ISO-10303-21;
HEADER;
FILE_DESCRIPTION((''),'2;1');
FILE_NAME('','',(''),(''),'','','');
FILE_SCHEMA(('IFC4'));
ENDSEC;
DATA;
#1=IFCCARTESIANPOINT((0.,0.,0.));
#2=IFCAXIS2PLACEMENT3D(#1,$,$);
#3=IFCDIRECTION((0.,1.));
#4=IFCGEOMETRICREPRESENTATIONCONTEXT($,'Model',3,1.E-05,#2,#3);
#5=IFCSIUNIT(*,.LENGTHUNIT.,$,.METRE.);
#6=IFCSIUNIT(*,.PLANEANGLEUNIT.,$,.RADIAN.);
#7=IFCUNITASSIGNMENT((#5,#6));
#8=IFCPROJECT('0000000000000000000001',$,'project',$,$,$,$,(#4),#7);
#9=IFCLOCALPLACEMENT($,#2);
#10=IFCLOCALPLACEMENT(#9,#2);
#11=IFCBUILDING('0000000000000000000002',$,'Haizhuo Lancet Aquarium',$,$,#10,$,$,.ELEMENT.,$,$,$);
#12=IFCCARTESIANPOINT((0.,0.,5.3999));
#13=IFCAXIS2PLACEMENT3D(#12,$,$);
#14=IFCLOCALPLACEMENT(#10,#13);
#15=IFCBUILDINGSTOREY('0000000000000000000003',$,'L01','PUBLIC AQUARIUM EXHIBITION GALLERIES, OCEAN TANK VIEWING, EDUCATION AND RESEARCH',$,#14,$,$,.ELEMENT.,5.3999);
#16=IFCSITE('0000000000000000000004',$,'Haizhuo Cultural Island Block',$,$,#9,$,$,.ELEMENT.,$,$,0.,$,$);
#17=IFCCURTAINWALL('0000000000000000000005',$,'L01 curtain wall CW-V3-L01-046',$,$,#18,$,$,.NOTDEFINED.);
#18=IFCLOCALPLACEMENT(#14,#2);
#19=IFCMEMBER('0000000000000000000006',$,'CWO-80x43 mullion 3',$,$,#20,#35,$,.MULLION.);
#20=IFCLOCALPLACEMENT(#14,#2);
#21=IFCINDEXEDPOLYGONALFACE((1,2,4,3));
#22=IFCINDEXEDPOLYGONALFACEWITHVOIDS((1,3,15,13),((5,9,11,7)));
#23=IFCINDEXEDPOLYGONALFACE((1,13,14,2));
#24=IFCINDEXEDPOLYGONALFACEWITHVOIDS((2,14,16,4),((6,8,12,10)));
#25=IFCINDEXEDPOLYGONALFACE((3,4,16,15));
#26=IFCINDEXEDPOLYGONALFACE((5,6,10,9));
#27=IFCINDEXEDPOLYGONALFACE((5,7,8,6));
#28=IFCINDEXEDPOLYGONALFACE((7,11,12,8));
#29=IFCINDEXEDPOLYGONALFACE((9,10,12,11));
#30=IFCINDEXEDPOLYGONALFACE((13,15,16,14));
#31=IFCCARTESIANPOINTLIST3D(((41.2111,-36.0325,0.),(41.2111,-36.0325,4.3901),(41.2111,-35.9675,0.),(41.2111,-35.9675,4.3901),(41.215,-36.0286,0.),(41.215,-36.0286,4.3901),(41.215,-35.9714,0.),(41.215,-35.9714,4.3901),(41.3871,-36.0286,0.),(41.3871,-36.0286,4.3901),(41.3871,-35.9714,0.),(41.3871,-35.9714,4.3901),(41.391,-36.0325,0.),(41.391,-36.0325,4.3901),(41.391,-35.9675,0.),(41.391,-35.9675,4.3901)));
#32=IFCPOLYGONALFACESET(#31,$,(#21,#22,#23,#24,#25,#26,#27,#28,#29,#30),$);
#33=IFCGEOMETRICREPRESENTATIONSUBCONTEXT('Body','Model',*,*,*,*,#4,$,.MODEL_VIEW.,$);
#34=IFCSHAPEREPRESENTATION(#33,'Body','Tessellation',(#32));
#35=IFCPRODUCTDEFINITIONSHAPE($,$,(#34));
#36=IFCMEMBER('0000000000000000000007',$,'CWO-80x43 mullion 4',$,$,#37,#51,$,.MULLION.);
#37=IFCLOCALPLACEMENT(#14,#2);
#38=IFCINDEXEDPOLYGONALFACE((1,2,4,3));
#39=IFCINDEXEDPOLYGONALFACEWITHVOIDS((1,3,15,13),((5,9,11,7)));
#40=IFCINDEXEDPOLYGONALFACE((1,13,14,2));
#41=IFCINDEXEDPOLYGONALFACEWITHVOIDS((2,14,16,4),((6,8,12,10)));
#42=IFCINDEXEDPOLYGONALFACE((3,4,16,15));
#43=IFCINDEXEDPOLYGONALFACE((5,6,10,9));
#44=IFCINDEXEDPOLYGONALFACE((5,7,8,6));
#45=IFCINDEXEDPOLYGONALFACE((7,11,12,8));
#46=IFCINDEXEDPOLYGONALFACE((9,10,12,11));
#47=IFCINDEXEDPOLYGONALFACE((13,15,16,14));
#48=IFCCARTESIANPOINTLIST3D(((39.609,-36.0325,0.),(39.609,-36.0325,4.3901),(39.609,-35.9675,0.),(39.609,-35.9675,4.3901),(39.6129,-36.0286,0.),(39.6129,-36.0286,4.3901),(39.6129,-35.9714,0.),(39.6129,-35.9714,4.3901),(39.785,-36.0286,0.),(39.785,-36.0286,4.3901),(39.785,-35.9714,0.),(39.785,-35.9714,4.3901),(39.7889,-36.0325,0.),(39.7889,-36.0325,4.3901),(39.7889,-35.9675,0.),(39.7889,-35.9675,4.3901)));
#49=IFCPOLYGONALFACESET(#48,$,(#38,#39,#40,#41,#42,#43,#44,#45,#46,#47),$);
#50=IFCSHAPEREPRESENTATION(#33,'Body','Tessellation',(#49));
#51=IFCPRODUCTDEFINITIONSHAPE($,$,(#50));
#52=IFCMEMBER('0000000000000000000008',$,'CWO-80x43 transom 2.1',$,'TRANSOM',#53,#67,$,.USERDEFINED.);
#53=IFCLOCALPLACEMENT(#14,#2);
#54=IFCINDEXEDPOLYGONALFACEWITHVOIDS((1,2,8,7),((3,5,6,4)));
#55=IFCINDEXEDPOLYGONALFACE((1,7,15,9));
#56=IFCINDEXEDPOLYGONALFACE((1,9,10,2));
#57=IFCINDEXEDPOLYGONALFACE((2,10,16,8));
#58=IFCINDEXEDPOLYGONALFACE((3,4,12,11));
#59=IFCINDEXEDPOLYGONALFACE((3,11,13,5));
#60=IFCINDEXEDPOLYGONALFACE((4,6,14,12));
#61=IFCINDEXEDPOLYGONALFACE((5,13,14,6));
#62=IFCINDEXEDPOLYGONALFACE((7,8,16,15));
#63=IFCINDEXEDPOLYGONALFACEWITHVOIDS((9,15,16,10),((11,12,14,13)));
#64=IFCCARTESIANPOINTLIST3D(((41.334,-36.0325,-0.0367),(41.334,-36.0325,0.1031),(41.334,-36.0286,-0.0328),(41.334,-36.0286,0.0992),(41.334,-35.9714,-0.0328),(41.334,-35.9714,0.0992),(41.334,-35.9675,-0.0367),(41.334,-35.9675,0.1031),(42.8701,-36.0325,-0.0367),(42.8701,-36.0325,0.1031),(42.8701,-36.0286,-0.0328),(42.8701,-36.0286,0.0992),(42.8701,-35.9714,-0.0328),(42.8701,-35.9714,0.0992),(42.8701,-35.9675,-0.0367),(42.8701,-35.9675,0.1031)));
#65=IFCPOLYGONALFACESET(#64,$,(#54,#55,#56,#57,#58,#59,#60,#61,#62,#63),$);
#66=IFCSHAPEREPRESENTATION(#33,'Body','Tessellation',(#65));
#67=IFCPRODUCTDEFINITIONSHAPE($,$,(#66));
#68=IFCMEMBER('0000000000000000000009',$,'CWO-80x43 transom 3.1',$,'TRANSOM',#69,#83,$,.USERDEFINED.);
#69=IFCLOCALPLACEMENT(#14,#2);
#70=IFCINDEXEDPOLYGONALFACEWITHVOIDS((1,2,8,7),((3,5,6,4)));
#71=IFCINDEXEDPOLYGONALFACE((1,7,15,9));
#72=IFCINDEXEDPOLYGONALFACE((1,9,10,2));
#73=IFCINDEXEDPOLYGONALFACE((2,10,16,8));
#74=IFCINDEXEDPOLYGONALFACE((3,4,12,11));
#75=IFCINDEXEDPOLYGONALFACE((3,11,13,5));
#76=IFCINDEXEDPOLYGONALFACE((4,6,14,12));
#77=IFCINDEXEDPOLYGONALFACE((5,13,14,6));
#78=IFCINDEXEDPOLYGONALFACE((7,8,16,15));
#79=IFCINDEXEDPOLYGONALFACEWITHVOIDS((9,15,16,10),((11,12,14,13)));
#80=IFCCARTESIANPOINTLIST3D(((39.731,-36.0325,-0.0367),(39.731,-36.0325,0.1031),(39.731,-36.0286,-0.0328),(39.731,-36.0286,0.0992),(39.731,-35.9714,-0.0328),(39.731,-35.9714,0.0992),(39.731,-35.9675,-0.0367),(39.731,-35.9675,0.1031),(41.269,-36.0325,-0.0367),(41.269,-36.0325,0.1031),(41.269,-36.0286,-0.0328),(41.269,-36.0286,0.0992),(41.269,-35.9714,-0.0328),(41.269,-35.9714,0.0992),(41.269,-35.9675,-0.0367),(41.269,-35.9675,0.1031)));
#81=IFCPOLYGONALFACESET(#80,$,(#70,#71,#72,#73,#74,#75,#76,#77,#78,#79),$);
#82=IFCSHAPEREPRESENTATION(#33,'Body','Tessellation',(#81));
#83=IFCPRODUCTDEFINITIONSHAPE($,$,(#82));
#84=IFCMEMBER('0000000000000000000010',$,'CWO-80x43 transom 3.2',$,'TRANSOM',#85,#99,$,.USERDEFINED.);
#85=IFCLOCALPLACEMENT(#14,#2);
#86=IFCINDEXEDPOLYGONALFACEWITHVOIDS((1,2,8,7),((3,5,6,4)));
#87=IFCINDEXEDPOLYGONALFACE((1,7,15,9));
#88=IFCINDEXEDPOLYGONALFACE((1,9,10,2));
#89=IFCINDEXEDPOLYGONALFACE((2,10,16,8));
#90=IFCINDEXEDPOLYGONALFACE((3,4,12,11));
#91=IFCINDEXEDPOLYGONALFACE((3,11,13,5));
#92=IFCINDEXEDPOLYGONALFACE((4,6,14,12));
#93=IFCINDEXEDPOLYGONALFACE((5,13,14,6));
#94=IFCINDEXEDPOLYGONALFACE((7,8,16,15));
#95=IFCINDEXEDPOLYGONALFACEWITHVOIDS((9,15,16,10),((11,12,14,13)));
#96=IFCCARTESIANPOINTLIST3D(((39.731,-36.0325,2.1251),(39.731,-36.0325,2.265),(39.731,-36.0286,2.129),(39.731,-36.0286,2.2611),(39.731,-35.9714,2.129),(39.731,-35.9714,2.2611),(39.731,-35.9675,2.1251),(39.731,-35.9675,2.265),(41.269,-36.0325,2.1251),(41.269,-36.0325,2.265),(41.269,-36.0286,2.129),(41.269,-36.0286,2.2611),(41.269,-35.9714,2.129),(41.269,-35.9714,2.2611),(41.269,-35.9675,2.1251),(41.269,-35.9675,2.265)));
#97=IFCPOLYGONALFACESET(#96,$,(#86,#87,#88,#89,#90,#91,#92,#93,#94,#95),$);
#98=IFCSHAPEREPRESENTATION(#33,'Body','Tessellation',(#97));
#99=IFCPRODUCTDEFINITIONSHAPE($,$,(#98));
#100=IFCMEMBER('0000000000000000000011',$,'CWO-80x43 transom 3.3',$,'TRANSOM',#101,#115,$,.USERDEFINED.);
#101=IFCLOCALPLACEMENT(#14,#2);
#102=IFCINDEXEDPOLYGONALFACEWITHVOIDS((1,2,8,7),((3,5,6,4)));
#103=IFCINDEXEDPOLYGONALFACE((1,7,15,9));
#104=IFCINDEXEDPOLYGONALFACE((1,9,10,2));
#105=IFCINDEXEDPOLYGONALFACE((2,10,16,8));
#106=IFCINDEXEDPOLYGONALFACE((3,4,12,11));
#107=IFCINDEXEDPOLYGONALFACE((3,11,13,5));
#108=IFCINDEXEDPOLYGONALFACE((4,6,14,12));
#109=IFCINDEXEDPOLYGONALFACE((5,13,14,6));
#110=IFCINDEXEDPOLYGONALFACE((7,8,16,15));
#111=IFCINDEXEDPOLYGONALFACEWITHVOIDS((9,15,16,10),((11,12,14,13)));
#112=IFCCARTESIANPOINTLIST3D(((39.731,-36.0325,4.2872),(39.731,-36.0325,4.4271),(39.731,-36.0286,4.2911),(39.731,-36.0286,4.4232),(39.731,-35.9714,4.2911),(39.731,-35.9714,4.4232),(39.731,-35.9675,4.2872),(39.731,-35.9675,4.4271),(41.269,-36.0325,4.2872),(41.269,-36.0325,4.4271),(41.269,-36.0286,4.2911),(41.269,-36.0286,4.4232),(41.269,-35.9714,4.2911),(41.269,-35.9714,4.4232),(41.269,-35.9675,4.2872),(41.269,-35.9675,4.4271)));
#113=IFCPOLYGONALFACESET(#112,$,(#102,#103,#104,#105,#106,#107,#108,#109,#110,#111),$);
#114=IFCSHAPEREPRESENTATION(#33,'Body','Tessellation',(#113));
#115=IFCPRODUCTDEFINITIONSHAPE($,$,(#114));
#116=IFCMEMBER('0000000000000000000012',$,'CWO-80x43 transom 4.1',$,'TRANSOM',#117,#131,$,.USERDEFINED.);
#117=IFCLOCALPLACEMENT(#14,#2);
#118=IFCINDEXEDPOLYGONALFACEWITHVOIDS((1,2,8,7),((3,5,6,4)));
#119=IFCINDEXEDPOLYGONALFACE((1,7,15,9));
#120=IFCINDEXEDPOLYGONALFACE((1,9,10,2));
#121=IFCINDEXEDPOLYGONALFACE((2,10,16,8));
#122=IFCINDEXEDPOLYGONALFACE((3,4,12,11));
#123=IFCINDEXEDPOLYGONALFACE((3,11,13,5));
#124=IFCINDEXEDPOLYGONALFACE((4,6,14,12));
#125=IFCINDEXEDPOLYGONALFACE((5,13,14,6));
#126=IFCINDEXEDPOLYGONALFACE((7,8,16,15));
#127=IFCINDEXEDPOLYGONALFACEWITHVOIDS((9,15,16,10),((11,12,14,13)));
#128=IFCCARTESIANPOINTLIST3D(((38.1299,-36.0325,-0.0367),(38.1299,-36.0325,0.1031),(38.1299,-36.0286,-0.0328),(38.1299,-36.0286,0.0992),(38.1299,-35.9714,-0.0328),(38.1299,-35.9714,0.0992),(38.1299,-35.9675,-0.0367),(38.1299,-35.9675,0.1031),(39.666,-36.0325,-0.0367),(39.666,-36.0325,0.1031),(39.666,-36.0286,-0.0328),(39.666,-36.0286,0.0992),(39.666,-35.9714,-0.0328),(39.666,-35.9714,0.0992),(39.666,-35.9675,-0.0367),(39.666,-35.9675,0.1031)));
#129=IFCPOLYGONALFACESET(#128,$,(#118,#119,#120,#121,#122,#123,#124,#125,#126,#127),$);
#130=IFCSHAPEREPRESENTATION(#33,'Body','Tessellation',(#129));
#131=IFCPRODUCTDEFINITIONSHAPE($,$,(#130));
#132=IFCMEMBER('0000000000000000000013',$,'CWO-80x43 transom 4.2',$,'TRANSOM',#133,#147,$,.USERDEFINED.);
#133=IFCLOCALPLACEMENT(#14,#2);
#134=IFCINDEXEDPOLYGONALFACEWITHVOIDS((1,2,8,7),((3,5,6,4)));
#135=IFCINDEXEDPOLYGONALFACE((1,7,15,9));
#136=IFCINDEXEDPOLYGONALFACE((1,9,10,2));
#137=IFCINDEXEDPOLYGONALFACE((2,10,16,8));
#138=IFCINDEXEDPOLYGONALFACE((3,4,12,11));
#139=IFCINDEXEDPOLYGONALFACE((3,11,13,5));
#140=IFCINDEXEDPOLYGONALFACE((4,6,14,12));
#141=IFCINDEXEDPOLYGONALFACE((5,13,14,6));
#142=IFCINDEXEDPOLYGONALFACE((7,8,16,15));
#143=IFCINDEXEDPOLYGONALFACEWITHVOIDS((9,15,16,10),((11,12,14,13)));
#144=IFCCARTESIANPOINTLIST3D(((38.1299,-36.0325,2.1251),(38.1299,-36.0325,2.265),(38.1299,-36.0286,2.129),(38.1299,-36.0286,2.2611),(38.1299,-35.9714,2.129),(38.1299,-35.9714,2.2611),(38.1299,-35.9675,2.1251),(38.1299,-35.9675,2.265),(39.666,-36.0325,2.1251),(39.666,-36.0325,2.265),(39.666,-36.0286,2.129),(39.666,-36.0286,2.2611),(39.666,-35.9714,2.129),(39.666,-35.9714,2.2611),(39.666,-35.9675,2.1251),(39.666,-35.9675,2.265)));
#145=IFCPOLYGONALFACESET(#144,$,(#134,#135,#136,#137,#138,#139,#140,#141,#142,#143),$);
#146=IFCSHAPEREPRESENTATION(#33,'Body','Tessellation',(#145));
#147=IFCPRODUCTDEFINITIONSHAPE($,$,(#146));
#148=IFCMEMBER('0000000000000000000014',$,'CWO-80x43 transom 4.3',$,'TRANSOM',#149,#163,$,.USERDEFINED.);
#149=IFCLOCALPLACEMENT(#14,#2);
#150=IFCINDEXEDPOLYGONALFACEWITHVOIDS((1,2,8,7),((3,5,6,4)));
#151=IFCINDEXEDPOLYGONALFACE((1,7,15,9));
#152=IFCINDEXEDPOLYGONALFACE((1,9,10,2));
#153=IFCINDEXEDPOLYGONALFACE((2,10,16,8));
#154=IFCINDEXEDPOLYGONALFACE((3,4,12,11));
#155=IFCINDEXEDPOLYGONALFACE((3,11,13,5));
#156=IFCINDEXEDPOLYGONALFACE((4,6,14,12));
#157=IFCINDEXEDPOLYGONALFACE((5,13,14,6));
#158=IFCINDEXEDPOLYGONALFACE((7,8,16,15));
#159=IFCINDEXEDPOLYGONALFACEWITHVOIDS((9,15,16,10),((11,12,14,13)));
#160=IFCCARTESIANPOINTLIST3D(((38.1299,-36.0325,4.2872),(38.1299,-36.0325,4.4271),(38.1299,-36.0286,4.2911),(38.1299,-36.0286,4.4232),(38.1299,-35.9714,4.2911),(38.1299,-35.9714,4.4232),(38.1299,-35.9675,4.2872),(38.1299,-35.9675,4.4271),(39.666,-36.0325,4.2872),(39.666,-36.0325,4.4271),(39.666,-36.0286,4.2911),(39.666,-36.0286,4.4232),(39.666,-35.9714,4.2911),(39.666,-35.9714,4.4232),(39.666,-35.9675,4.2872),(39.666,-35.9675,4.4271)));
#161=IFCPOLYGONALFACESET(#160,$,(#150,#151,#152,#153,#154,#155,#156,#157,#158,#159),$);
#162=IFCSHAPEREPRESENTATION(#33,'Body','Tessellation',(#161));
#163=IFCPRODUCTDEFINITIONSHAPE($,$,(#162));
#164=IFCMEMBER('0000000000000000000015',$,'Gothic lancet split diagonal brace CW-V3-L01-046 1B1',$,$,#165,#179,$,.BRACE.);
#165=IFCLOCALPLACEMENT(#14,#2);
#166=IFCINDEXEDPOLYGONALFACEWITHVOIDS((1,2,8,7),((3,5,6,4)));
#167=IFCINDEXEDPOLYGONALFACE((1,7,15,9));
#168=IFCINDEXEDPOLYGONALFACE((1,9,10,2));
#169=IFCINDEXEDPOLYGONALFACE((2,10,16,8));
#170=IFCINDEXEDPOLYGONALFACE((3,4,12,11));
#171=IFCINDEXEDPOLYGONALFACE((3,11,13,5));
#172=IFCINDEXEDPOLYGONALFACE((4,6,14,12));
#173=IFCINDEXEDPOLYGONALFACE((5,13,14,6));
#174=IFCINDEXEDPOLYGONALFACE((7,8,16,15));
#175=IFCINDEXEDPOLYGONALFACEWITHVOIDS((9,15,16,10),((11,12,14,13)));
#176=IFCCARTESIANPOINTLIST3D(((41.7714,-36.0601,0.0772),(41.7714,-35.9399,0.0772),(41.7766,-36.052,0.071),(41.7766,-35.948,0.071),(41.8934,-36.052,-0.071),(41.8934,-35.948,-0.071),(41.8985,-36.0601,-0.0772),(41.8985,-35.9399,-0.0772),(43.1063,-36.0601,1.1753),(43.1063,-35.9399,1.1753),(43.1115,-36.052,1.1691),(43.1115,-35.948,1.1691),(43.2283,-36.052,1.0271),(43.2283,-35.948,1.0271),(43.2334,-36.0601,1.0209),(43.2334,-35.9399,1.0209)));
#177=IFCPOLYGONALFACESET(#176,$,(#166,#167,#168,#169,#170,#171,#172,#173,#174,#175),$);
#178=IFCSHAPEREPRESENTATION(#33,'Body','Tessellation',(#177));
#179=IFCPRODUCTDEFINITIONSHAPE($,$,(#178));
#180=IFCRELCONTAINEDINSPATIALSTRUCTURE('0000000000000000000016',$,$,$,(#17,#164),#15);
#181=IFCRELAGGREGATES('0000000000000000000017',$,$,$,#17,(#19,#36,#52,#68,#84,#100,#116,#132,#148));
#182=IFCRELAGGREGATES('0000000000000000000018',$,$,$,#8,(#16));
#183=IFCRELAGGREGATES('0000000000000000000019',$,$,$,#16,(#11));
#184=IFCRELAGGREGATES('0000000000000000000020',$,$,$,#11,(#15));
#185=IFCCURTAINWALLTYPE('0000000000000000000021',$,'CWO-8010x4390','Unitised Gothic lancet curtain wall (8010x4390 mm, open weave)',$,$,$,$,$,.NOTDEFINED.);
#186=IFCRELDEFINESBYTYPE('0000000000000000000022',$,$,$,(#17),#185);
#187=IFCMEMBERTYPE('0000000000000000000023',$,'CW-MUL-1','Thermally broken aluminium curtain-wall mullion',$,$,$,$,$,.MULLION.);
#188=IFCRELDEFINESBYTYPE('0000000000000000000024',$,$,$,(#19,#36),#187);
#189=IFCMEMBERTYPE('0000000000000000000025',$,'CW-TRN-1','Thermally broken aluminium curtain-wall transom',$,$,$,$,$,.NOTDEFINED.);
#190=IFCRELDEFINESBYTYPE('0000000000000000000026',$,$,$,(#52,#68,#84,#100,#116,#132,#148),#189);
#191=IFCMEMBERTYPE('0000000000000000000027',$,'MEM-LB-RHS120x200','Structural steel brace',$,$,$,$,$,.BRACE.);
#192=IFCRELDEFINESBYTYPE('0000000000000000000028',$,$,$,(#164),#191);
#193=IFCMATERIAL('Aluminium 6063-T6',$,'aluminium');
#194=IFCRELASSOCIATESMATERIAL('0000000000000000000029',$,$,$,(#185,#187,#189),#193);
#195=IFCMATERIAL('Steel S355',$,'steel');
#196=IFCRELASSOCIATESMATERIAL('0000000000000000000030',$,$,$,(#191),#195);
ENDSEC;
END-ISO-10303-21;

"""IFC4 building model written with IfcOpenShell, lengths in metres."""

from ifc_helpers import new_model, si_unit, direction, frame, origin, origin_2d, place, context, subcontext, project, spatial, hollow_rectangle, extrude, material, material_profile, profile_set, type_object, element, aggregate, save


model = new_model("IFC4")

# Units and contexts
model_context = context("Model", 3, precision=1e-05, world=origin(), true_north=direction((0.0, 1.0)))
body_context = subcontext(model_context, "Body", "Model", "MODEL_VIEW")
ifc_project = project(units=[si_unit("LENGTHUNIT", "METRE"), si_unit("PLANEANGLEUNIT", "RADIAN")], contexts=[model_context])

# Site, building, storey
site_placement = place(None, origin())
site = spatial("IfcSite", under=ifc_project, at=site_placement, Name="Haizhuo Cultural Island Block", CompositionType="ELEMENT", RefElevation=0.0)
building_placement = place(site_placement, origin())
building = spatial("IfcBuilding", under=site, at=building_placement, Name="Haizhuo Lancet Aquarium", CompositionType="ELEMENT")
storey_placement = place(building_placement, frame((0.0, 0.0, 5.3999)))
storey = spatial("IfcBuildingStorey", under=building, at=storey_placement, Name="L01", Description="PUBLIC AQUARIUM EXHIBITION GALLERIES, OCEAN TANK VIEWING, EDUCATION AND RESEARCH", CompositionType="ELEMENT", Elevation=5.3999)

# Curtain wall, members
ifc_material_1 = material(Name="Aluminium 6063-T6", Category="aluminium")
curtain_wall_type = type_object("IfcCurtainWallType", Name="CWO-8010x4390", Description="Unitised Gothic lancet curtain wall (8010x4390 mm, open weave)", PredefinedType="NOTDEFINED", material=ifc_material_1)
curtain_wall_placement = place(storey_placement, origin())
curtain_wall = element("IfcCurtainWall", 1, at=curtain_wall_placement, inside=storey, type_object=curtain_wall_type, Name="L01 curtain wall CW-V3-L01-046", PredefinedType="NOTDEFINED")
ifc_material_profile_1 = material_profile(ifc_material_1, hollow_rectangle(XDim=0.0649, YDim=0.1799, WallThickness=0.0039, at=origin_2d()), Name="ALU-M 65x180x4")
ifc_profile_set_1 = profile_set([ifc_material_profile_1], Name="Aluminium 6063-T6")
member_type_1 = type_object("IfcMemberType", Name="CW-MUL-1", Description="Thermally broken aluminium curtain-wall mullion", PredefinedType="MULLION", material=ifc_profile_set_1)
member_1_placement = place(storey_placement, frame((41.301, -36.0, 0.0), z_axis=(0.0, 0.0, 1.0), x_axis=(0.0, -1.0, 0.0)))
member_1 = element("IfcMember", 2, at=member_1_placement, type_object=member_type_1, Name="CWO-80x43 mullion 3", PredefinedType="MULLION", context=body_context, shape_type="SweptSolid", body=[
    extrude(hollow_rectangle(XDim=0.0649, YDim=0.1799, WallThickness=0.0039, at=origin_2d()), origin(), (0.0, 0.0, 1.0), 4.3901),
])
member_2_placement = place(storey_placement, frame((39.699, -36.0, 0.0), z_axis=(0.0, 0.0, 1.0), x_axis=(0.0, -1.0, 0.0)))
member_2 = element("IfcMember", 3, at=member_2_placement, type_object=member_type_1, Name="CWO-80x43 mullion 4", PredefinedType="MULLION", context=body_context, shape_type="SweptSolid", body=[
    extrude(hollow_rectangle(XDim=0.0649, YDim=0.1799, WallThickness=0.0039, at=origin_2d()), origin(), (0.0, 0.0, 1.0), 4.3901),
])
ifc_material_profile_2 = material_profile(ifc_material_1, hollow_rectangle(XDim=0.0649, YDim=0.1399, WallThickness=0.0039, at=origin_2d()), Name="ALU-T 65x140x4")
ifc_profile_set_2 = profile_set([ifc_material_profile_2], Name="Aluminium 6063-T6")
member_type_2 = type_object("IfcMemberType", Name="CW-TRN-1", Description="Thermally broken aluminium curtain-wall transom", PredefinedType="NOTDEFINED", material=ifc_profile_set_2)
member_3_placement = place(storey_placement, frame((42.8701, -36.0, 0.0332), z_axis=(-1.0, 0.0, 0.0), x_axis=(0.0, -1.0, 0.0)))
member_3 = element("IfcMember", 4, at=member_3_placement, type_object=member_type_2, Name="CWO-80x43 transom 2.1", ObjectType="TRANSOM", PredefinedType="USERDEFINED", context=body_context, shape_type="SweptSolid", body=[
    extrude(hollow_rectangle(XDim=0.0649, YDim=0.1399, WallThickness=0.0039, at=origin_2d()), origin(), (0.0, 0.0, 1.0), 1.5361),
])
member_4_placement = place(storey_placement, frame((41.269, -36.0, 0.0332), z_axis=(-1.0, 0.0, 0.0), x_axis=(0.0, -1.0, 0.0)))
member_4 = element("IfcMember", 5, at=member_4_placement, type_object=member_type_2, Name="CWO-80x43 transom 3.1", ObjectType="TRANSOM", PredefinedType="USERDEFINED", context=body_context, shape_type="SweptSolid", body=[
    extrude(hollow_rectangle(XDim=0.0649, YDim=0.1399, WallThickness=0.0039, at=origin_2d()), origin(), (0.0, 0.0, 1.0), 1.5381),
])
member_5_placement = place(storey_placement, frame((41.269, -36.0, 2.1951), z_axis=(-1.0, 0.0, 0.0), x_axis=(0.0, -1.0, 0.0)))
member_5 = element("IfcMember", 6, at=member_5_placement, type_object=member_type_2, Name="CWO-80x43 transom 3.2", ObjectType="TRANSOM", PredefinedType="USERDEFINED", context=body_context, shape_type="SweptSolid", body=[
    extrude(hollow_rectangle(XDim=0.0649, YDim=0.1399, WallThickness=0.0039, at=origin_2d()), origin(), (0.0, 0.0, 1.0), 1.5381),
])
member_6_placement = place(storey_placement, frame((41.269, -36.0, 4.3572), z_axis=(-1.0, 0.0, 0.0), x_axis=(0.0, -1.0, 0.0)))
member_6 = element("IfcMember", 7, at=member_6_placement, type_object=member_type_2, Name="CWO-80x43 transom 3.3", ObjectType="TRANSOM", PredefinedType="USERDEFINED", context=body_context, shape_type="SweptSolid", body=[
    extrude(hollow_rectangle(XDim=0.0649, YDim=0.1399, WallThickness=0.0039, at=origin_2d()), origin(), (0.0, 0.0, 1.0), 1.5381),
])
member_7_placement = place(storey_placement, frame((39.666, -36.0, 0.0332), z_axis=(-1.0, 0.0, 0.0), x_axis=(0.0, -1.0, 0.0)))
member_7 = element("IfcMember", 8, at=member_7_placement, type_object=member_type_2, Name="CWO-80x43 transom 4.1", ObjectType="TRANSOM", PredefinedType="USERDEFINED", context=body_context, shape_type="SweptSolid", body=[
    extrude(hollow_rectangle(XDim=0.0649, YDim=0.1399, WallThickness=0.0039, at=origin_2d()), origin(), (0.0, 0.0, 1.0), 1.5361),
])
member_8_placement = place(storey_placement, frame((39.666, -36.0, 2.1951), z_axis=(-1.0, 0.0, 0.0), x_axis=(0.0, -1.0, 0.0)))
member_8 = element("IfcMember", 9, at=member_8_placement, type_object=member_type_2, Name="CWO-80x43 transom 4.2", ObjectType="TRANSOM", PredefinedType="USERDEFINED", context=body_context, shape_type="SweptSolid", body=[
    extrude(hollow_rectangle(XDim=0.0649, YDim=0.1399, WallThickness=0.0039, at=origin_2d()), origin(), (0.0, 0.0, 1.0), 1.5361),
])
member_9_placement = place(storey_placement, frame((39.666, -36.0, 4.3572), z_axis=(-1.0, 0.0, 0.0), x_axis=(0.0, -1.0, 0.0)))
member_9 = element("IfcMember", 10, at=member_9_placement, type_object=member_type_2, Name="CWO-80x43 transom 4.3", ObjectType="TRANSOM", PredefinedType="USERDEFINED", context=body_context, shape_type="SweptSolid", body=[
    extrude(hollow_rectangle(XDim=0.0649, YDim=0.1399, WallThickness=0.0039, at=origin_2d()), origin(), (0.0, 0.0, 1.0), 1.5361),
])

# Member
ifc_material_2 = material(Name="Steel S355", Category="steel")
ifc_material_profile_3 = material_profile(ifc_material_2, hollow_rectangle(XDim=0.1201, YDim=0.2, WallThickness=0.0081, at=origin_2d()), Name="RHS 120x200x8")
ifc_profile_set_3 = profile_set([ifc_material_profile_3], Name="Steel S355")
member_type_3 = type_object("IfcMemberType", Name="MEM-LB-RHS120x200", Description="Structural steel brace", PredefinedType="BRACE", material=ifc_profile_set_3)
member_10_placement = place(storey_placement, frame((41.835, -36.0, 0.0), z_axis=(0.772281, 0.0, 0.635281), x_axis=(0.0, 1.0, 0.0)))
element("IfcMember", 11, at=member_10_placement, inside=storey, type_object=member_type_3, Name="Gothic lancet split diagonal brace CW-V3-L01-046 1B1", PredefinedType="BRACE", context=body_context, shape_type="SweptSolid", body=[
    extrude(hollow_rectangle(XDim=0.1201, YDim=0.2, WallThickness=0.0081, at=origin_2d()), origin(), (0.0, 0.0, 1.0), 1.7285),
])

aggregate(curtain_wall, [member_1, member_2, member_3, member_4, member_5, member_6, member_7, member_8, member_9])

save(model, "model.ifc")
